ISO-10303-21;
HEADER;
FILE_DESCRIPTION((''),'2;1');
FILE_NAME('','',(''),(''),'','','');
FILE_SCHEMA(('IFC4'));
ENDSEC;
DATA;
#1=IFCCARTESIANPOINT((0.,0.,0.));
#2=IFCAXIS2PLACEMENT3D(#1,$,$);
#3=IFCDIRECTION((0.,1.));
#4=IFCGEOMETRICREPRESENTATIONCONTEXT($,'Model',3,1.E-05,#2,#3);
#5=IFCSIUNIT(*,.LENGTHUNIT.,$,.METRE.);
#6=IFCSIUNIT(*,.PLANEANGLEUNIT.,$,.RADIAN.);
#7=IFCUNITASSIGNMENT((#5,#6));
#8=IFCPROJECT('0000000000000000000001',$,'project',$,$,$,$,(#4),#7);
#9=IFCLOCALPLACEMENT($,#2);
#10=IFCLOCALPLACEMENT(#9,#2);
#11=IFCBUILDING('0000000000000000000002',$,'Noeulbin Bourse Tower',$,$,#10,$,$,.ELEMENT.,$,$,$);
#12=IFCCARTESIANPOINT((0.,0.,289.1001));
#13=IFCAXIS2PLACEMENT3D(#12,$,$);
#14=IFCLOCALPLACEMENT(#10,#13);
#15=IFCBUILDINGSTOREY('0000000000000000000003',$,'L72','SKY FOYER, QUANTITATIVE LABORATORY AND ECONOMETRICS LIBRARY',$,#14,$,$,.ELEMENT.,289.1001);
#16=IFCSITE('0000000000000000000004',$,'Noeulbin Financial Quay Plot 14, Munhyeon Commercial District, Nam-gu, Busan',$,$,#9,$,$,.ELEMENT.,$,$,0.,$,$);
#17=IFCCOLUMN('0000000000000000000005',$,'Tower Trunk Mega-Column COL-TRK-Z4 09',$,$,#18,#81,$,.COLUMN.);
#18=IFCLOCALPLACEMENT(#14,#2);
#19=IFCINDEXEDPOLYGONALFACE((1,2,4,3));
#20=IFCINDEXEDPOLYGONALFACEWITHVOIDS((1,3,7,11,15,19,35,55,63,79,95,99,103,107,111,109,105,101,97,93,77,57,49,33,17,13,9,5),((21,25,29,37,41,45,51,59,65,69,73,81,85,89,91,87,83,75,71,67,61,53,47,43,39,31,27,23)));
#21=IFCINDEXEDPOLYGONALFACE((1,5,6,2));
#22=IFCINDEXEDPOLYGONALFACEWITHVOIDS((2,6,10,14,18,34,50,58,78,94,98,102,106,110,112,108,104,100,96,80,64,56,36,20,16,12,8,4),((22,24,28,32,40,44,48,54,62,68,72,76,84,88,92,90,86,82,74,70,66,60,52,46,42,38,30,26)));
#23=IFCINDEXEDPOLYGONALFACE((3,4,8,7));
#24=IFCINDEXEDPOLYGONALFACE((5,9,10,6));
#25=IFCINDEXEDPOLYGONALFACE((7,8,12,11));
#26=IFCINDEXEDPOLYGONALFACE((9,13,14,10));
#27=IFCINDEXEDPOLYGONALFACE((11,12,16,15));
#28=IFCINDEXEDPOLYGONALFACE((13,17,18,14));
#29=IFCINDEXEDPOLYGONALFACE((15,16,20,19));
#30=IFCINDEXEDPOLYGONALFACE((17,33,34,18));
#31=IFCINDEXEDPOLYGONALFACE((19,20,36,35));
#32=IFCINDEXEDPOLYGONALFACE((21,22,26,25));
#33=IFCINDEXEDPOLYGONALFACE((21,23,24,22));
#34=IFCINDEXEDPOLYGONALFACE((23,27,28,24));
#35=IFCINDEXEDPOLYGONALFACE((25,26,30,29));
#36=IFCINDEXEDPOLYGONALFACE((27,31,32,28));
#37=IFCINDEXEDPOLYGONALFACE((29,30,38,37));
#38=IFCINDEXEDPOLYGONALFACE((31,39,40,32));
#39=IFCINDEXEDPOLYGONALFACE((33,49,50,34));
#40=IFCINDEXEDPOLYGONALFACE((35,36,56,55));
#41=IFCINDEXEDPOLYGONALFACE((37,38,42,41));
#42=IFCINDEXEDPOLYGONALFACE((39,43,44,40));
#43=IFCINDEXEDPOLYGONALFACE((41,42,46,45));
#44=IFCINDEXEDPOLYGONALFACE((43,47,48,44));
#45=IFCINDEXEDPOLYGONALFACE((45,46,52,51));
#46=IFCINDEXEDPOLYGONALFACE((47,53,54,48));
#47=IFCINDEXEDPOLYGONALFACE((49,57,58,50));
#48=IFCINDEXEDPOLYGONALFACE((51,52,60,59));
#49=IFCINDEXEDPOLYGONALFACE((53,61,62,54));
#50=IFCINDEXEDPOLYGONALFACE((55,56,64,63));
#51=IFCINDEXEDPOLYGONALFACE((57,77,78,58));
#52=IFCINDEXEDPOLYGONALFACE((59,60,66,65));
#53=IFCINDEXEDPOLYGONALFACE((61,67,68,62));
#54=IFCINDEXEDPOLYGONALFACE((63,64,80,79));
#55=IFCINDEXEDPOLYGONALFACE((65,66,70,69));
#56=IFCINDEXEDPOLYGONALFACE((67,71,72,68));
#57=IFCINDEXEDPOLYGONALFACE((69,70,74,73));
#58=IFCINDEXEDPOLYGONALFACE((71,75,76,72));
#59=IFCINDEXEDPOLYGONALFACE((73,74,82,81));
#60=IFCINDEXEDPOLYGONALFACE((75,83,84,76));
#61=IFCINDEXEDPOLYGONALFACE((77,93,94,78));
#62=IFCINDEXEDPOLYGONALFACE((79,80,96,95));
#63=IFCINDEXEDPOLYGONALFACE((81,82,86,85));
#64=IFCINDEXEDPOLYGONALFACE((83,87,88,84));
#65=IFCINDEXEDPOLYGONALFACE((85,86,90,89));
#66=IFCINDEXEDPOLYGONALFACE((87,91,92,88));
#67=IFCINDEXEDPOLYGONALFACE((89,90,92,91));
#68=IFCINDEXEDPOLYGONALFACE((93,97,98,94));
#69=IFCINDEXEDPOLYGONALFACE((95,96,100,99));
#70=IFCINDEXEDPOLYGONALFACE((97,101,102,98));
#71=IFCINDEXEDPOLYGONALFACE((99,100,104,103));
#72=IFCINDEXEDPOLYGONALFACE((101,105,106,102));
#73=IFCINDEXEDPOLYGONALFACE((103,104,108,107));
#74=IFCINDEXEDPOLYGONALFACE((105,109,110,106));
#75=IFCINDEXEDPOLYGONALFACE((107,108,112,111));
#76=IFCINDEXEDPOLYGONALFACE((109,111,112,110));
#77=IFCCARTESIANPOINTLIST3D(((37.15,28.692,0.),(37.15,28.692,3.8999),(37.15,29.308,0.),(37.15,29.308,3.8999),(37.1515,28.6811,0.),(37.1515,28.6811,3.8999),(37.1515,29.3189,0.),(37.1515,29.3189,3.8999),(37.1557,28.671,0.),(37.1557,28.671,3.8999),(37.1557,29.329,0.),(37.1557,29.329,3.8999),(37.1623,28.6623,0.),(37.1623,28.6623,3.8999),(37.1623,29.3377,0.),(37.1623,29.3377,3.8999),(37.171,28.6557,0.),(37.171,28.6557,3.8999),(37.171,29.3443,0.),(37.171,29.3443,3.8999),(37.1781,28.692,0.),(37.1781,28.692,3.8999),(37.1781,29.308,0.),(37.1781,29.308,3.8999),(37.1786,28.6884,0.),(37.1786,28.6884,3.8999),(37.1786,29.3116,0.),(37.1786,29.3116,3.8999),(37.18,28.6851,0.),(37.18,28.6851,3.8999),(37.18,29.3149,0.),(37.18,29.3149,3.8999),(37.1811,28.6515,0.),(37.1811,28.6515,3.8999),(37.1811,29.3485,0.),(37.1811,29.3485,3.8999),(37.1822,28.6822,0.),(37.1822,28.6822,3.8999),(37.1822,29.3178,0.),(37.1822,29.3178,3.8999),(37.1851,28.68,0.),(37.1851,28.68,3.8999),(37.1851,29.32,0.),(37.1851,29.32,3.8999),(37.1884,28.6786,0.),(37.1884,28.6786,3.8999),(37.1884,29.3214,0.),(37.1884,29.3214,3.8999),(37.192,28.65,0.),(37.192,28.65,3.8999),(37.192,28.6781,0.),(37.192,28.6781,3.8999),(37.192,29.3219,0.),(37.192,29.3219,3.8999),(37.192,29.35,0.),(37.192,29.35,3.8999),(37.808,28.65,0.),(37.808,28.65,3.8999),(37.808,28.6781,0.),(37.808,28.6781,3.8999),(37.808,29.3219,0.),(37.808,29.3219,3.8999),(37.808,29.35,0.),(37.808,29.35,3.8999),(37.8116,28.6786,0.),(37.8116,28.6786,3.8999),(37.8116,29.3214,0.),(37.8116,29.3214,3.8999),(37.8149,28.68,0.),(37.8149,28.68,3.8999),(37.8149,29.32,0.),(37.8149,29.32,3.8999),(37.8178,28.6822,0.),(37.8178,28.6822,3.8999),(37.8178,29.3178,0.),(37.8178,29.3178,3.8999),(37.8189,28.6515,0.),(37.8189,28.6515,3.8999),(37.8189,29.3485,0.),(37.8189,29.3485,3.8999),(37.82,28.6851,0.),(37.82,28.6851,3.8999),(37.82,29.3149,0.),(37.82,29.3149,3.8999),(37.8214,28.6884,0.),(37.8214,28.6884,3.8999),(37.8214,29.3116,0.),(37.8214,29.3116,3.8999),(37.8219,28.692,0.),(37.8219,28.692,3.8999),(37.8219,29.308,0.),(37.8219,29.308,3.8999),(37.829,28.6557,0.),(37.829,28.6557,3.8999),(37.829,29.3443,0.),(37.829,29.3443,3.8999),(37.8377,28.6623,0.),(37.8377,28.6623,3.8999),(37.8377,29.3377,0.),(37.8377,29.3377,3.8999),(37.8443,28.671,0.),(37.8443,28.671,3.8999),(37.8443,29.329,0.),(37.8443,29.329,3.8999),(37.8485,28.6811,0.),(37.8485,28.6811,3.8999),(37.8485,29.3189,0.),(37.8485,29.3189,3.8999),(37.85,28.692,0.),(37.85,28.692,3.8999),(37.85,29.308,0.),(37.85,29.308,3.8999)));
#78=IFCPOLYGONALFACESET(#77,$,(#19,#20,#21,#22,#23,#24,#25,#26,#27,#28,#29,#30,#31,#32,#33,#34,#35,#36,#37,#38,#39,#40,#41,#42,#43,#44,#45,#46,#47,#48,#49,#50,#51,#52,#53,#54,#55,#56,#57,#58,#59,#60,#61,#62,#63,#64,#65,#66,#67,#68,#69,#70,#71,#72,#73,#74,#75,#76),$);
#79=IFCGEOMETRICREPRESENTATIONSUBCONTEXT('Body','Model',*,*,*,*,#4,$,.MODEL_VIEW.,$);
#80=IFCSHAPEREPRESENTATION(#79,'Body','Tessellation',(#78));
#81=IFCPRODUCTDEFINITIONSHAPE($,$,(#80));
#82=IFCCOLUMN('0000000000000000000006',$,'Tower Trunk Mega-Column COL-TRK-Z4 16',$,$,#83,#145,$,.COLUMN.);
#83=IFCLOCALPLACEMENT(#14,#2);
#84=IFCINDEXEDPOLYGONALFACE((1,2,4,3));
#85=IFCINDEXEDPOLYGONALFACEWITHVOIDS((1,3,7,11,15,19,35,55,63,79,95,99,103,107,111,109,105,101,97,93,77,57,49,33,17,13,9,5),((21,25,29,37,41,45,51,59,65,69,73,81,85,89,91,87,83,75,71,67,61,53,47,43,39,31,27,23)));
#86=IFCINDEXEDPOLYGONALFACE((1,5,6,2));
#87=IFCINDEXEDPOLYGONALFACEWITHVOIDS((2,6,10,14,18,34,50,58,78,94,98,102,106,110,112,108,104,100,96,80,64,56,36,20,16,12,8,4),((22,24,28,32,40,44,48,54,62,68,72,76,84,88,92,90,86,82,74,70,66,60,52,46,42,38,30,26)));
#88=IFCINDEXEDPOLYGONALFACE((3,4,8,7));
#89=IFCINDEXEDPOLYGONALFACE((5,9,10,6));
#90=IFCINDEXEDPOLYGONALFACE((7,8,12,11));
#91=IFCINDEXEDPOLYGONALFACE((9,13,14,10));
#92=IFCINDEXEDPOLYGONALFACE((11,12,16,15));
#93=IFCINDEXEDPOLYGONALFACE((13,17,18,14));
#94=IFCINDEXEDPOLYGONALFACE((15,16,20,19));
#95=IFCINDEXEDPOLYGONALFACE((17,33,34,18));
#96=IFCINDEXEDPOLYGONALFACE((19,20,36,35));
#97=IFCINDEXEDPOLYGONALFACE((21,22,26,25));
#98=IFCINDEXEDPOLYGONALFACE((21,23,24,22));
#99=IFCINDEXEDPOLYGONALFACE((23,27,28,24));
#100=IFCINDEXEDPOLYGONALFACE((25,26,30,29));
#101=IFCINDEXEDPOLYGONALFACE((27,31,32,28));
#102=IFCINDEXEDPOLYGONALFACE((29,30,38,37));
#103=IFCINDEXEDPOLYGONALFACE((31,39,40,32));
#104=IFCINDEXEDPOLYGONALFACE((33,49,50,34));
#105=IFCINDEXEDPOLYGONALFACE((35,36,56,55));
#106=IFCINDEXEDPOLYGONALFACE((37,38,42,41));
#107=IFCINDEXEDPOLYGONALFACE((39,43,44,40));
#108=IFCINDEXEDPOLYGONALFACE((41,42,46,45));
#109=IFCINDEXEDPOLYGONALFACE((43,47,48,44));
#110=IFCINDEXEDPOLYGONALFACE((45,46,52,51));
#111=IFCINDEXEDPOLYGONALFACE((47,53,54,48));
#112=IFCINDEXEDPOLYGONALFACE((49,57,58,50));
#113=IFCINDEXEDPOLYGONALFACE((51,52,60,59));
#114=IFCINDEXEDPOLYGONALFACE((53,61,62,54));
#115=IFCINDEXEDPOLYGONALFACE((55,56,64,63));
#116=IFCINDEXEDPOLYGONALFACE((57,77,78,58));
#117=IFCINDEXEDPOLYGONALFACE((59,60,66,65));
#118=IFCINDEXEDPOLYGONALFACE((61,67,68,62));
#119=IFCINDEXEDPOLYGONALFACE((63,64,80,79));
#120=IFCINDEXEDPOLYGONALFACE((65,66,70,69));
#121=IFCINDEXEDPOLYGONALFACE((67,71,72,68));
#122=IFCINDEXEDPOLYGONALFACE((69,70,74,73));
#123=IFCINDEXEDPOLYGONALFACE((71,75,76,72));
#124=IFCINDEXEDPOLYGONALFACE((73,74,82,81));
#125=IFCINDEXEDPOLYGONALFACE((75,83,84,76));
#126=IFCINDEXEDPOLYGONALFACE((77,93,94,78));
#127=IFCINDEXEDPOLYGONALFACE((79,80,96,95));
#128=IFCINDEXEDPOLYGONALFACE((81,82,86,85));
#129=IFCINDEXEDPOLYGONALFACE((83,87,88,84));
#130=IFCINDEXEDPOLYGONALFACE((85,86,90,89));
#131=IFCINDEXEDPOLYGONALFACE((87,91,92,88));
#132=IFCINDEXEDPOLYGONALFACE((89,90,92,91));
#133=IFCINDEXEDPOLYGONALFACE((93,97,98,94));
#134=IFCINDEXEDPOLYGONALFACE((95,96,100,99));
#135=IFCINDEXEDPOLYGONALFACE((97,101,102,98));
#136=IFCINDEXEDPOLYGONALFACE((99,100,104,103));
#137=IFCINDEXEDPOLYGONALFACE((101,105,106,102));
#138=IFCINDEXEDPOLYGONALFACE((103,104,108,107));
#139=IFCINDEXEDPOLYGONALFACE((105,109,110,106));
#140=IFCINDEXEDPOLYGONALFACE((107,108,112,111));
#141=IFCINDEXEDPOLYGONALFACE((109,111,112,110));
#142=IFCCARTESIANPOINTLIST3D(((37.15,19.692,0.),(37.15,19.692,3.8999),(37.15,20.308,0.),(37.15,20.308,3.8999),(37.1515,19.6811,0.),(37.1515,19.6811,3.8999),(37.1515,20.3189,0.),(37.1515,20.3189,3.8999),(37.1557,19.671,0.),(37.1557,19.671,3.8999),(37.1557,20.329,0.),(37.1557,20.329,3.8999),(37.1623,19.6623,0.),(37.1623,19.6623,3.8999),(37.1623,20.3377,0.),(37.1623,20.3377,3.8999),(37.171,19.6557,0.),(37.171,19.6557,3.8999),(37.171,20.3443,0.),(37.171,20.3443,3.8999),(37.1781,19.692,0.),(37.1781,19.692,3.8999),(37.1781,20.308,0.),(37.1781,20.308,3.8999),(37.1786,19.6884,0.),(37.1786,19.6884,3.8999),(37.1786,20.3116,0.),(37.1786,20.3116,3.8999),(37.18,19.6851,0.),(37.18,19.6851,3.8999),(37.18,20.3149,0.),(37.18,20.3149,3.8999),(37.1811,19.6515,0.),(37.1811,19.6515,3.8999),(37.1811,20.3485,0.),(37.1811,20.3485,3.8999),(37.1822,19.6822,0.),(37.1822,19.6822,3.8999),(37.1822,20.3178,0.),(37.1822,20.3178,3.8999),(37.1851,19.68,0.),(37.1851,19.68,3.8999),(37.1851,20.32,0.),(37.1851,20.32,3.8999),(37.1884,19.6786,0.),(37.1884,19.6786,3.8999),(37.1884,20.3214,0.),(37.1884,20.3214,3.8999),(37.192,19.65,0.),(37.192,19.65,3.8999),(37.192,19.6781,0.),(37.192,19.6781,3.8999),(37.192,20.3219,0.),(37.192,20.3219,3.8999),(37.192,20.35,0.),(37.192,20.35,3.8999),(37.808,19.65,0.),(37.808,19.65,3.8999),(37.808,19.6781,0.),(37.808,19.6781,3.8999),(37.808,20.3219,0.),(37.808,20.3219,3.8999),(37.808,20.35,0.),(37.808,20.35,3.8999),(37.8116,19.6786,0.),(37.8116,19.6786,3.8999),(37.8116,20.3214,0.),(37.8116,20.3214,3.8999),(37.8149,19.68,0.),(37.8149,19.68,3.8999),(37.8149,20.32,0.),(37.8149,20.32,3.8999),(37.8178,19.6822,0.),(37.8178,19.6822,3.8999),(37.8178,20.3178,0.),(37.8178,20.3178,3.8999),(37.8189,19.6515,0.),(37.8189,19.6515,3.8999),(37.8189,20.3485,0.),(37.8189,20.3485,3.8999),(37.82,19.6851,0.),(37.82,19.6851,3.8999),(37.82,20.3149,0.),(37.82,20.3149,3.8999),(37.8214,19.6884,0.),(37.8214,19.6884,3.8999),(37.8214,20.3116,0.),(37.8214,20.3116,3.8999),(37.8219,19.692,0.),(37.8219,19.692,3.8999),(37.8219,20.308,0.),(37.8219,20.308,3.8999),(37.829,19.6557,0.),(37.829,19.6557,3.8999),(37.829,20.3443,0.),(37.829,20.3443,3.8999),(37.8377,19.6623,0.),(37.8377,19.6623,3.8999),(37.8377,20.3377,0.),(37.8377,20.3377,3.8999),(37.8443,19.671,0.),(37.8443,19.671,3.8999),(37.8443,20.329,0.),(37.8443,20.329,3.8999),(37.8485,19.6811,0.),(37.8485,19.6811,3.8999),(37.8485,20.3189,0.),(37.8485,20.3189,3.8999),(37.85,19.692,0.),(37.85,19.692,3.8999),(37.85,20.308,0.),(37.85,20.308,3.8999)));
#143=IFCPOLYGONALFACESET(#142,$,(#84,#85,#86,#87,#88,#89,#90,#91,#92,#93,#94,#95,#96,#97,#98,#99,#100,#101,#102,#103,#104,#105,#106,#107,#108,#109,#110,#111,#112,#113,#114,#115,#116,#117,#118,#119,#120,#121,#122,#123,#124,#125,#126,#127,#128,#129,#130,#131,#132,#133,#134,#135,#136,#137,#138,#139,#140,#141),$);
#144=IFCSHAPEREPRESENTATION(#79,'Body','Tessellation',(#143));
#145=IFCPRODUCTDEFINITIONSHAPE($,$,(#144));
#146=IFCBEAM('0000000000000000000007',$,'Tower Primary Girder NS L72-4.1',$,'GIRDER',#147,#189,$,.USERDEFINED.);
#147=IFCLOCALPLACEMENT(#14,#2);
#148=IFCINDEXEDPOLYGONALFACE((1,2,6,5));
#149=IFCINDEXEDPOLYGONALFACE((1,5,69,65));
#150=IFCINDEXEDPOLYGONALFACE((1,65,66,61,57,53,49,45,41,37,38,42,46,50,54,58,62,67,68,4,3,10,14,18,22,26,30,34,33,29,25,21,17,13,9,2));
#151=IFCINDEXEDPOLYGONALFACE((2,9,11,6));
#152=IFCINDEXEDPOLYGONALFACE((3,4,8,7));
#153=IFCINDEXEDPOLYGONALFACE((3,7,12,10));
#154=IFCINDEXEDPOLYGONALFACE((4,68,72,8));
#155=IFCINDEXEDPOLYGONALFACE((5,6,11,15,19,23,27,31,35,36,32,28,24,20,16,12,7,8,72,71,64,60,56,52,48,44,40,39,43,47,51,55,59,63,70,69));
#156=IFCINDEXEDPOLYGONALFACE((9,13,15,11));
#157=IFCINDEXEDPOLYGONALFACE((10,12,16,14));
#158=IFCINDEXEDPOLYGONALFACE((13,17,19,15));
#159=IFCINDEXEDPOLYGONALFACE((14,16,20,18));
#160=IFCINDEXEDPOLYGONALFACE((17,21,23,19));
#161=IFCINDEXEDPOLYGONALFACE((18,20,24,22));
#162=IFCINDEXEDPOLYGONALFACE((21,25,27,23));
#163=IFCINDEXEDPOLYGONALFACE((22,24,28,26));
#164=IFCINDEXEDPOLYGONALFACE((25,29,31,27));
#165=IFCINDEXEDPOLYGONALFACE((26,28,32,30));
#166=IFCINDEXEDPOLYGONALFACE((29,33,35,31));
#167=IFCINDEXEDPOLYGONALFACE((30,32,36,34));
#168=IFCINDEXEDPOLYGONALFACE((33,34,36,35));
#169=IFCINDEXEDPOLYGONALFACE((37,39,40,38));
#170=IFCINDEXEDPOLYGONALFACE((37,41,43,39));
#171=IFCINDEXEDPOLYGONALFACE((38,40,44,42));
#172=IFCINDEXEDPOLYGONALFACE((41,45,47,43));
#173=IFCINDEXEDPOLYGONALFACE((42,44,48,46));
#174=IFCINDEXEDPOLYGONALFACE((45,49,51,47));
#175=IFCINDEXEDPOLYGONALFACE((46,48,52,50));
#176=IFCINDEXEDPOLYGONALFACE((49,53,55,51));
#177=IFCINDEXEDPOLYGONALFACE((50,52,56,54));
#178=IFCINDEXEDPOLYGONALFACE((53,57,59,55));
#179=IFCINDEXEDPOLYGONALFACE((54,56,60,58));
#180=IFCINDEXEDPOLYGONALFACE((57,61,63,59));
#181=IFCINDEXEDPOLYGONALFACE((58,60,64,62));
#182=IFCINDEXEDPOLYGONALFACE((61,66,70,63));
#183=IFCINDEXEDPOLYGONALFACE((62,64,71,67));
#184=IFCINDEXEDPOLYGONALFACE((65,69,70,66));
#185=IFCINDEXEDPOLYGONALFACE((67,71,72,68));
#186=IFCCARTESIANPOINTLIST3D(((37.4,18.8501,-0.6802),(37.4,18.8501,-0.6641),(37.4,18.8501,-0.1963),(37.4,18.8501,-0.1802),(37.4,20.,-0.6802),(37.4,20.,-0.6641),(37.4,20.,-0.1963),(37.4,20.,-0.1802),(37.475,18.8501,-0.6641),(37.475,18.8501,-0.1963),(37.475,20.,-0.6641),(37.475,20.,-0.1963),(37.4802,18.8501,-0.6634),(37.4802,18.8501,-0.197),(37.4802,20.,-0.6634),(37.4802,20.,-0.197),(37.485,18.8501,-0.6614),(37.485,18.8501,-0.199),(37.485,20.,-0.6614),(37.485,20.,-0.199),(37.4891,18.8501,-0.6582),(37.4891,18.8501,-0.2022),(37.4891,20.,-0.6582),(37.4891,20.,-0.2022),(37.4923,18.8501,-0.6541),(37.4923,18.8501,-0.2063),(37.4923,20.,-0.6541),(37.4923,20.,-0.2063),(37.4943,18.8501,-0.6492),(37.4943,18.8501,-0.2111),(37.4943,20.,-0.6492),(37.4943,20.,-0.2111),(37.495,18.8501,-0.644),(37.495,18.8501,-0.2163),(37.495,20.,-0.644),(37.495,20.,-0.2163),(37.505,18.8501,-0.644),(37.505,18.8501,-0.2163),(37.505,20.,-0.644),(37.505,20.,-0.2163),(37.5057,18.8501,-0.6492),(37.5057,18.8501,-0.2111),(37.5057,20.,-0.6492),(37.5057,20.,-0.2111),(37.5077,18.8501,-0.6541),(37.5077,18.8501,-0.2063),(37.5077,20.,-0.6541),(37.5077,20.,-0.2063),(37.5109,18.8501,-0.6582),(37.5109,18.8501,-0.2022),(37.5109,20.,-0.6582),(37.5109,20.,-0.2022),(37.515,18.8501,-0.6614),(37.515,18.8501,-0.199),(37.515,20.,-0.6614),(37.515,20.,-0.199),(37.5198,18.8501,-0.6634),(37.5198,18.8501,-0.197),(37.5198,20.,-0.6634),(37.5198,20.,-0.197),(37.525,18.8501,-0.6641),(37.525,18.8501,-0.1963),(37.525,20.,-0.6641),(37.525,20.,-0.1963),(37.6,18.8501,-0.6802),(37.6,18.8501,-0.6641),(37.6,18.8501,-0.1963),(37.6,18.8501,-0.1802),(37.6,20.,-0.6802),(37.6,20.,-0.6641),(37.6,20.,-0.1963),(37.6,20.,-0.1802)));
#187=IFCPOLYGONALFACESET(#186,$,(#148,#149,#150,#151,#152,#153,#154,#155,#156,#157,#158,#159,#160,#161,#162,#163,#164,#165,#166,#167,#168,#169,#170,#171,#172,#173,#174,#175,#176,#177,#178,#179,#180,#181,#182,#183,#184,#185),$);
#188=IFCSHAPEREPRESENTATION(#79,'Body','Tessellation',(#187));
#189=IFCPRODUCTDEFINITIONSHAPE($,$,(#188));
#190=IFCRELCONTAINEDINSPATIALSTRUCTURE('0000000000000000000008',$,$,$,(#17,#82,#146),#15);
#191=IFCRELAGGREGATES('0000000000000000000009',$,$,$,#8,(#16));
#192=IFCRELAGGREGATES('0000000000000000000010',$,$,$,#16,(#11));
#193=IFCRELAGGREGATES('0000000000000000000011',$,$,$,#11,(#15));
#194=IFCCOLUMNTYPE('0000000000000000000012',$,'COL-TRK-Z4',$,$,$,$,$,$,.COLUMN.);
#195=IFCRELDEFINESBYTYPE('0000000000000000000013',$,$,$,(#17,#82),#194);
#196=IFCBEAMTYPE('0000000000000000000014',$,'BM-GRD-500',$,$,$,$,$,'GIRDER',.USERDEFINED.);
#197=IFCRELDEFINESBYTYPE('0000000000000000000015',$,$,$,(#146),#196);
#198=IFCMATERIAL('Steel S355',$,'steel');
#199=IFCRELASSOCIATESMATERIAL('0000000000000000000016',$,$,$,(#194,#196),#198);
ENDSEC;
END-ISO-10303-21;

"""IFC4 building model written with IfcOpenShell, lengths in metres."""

from ifc_helpers import new_model, si_unit, direction, frame, origin, origin_2d, place, context, subcontext, project, spatial, hollow_rectangle, i_section, extrude, material, material_profile, profile_set, type_object, element, save


model = new_model("IFC4")

# Units and contexts
model_context = context("Model", 3, precision=1e-05, world=origin(), true_north=direction((0.0, 1.0)))
body_context = subcontext(model_context, "Body", "Model", "MODEL_VIEW")
ifc_project = project(units=[si_unit("LENGTHUNIT", "METRE"), si_unit("PLANEANGLEUNIT", "RADIAN")], contexts=[model_context])

# Site, building, storey
site_placement = place(None, origin())
site = spatial("IfcSite", under=ifc_project, at=site_placement, Name="Noeulbin Financial Quay Plot 14, Munhyeon Commercial District, Nam-gu, Busan", CompositionType="ELEMENT", RefElevation=0.0)
building_placement = place(site_placement, origin())
building = spatial("IfcBuilding", under=site, at=building_placement, Name="Noeulbin Bourse Tower", CompositionType="ELEMENT")
storey_placement = place(building_placement, frame((0.0, 0.0, 289.1001)))
storey = spatial("IfcBuildingStorey", under=building, at=storey_placement, Name="L72", Description="SKY FOYER, QUANTITATIVE LABORATORY AND ECONOMETRICS LIBRARY", CompositionType="ELEMENT", Elevation=289.1001)

# Columns
ifc_material_1 = material(Name="Steel S355", Category="steel")
ifc_material_profile_1 = material_profile(ifc_material_1, hollow_rectangle(XDim=0.7, YDim=0.7, WallThickness=0.0281, InnerFilletRadius=0.0139, OuterFilletRadius=0.042, at=origin_2d()), Name="BOX-700x700x28", Category="LoadBearing")
ifc_profile_set_1 = profile_set([ifc_material_profile_1], Name="Steel S355")
column_type = type_object("IfcColumnType", Name="COL-TRK-Z4", PredefinedType="COLUMN", material=ifc_profile_set_1)
for number, where, z_axis, x_axis, name in (
    (1, (37.5, 29.0, 0.0), (0.0, 0.0, 1.0), (1.0, 0.0, 0.0), "Tower Trunk Mega-Column COL-TRK-Z4 09"),
    (2, (37.5, 20.0, 0.0), (0.0, 0.0, 1.0), (1.0, 0.0, 0.0), "Tower Trunk Mega-Column COL-TRK-Z4 16"),
):
    element("IfcColumn", number, at=place(storey_placement, frame(where, z_axis=z_axis, x_axis=x_axis)), inside=storey, type_object=column_type, Name=name, PredefinedType="COLUMN", context=body_context, shape_type="SweptSolid", body=[
        extrude(hollow_rectangle(XDim=0.7, YDim=0.7, WallThickness=0.0281, InnerFilletRadius=0.0139, OuterFilletRadius=0.042, at=origin_2d()), origin(), (0.0, 0.0, 1.0), 3.8999),
    ])

# Beam
ifc_material_profile_2 = material_profile(ifc_material_1, i_section(OverallWidth=0.2, OverallDepth=0.5, WebThickness=0.01, FlangeThickness=0.0161, FilletRadius=0.02, at=origin_2d()), Name="H-500x200x10x16", Category="LoadBearing")
ifc_profile_set_2 = profile_set([ifc_material_profile_2], Name="Steel S355")
beam_type_1 = type_object("IfcBeamType", Name="BM-GRD-500", ElementType="GIRDER", PredefinedType="USERDEFINED", material=ifc_profile_set_2)
beam_1_placement = place(storey_placement, frame((37.5, 18.8501, -0.4302), z_axis=(0.0, 1.0, 0.0), x_axis=(-1.0, 0.0, 0.0)))
element("IfcBeam", 3, at=beam_1_placement, inside=storey, type_object=beam_type_1, Name="Tower Primary Girder NS L72-4.1", ObjectType="GIRDER", PredefinedType="USERDEFINED", context=body_context, shape_type="SweptSolid", body=[
    extrude(i_section(OverallWidth=0.2, OverallDepth=0.5, WebThickness=0.01, FlangeThickness=0.0161, FilletRadius=0.02, at=origin_2d()), origin(), (0.0, 0.0, 1.0), 1.1499),
])

save(model, "model.ifc")
